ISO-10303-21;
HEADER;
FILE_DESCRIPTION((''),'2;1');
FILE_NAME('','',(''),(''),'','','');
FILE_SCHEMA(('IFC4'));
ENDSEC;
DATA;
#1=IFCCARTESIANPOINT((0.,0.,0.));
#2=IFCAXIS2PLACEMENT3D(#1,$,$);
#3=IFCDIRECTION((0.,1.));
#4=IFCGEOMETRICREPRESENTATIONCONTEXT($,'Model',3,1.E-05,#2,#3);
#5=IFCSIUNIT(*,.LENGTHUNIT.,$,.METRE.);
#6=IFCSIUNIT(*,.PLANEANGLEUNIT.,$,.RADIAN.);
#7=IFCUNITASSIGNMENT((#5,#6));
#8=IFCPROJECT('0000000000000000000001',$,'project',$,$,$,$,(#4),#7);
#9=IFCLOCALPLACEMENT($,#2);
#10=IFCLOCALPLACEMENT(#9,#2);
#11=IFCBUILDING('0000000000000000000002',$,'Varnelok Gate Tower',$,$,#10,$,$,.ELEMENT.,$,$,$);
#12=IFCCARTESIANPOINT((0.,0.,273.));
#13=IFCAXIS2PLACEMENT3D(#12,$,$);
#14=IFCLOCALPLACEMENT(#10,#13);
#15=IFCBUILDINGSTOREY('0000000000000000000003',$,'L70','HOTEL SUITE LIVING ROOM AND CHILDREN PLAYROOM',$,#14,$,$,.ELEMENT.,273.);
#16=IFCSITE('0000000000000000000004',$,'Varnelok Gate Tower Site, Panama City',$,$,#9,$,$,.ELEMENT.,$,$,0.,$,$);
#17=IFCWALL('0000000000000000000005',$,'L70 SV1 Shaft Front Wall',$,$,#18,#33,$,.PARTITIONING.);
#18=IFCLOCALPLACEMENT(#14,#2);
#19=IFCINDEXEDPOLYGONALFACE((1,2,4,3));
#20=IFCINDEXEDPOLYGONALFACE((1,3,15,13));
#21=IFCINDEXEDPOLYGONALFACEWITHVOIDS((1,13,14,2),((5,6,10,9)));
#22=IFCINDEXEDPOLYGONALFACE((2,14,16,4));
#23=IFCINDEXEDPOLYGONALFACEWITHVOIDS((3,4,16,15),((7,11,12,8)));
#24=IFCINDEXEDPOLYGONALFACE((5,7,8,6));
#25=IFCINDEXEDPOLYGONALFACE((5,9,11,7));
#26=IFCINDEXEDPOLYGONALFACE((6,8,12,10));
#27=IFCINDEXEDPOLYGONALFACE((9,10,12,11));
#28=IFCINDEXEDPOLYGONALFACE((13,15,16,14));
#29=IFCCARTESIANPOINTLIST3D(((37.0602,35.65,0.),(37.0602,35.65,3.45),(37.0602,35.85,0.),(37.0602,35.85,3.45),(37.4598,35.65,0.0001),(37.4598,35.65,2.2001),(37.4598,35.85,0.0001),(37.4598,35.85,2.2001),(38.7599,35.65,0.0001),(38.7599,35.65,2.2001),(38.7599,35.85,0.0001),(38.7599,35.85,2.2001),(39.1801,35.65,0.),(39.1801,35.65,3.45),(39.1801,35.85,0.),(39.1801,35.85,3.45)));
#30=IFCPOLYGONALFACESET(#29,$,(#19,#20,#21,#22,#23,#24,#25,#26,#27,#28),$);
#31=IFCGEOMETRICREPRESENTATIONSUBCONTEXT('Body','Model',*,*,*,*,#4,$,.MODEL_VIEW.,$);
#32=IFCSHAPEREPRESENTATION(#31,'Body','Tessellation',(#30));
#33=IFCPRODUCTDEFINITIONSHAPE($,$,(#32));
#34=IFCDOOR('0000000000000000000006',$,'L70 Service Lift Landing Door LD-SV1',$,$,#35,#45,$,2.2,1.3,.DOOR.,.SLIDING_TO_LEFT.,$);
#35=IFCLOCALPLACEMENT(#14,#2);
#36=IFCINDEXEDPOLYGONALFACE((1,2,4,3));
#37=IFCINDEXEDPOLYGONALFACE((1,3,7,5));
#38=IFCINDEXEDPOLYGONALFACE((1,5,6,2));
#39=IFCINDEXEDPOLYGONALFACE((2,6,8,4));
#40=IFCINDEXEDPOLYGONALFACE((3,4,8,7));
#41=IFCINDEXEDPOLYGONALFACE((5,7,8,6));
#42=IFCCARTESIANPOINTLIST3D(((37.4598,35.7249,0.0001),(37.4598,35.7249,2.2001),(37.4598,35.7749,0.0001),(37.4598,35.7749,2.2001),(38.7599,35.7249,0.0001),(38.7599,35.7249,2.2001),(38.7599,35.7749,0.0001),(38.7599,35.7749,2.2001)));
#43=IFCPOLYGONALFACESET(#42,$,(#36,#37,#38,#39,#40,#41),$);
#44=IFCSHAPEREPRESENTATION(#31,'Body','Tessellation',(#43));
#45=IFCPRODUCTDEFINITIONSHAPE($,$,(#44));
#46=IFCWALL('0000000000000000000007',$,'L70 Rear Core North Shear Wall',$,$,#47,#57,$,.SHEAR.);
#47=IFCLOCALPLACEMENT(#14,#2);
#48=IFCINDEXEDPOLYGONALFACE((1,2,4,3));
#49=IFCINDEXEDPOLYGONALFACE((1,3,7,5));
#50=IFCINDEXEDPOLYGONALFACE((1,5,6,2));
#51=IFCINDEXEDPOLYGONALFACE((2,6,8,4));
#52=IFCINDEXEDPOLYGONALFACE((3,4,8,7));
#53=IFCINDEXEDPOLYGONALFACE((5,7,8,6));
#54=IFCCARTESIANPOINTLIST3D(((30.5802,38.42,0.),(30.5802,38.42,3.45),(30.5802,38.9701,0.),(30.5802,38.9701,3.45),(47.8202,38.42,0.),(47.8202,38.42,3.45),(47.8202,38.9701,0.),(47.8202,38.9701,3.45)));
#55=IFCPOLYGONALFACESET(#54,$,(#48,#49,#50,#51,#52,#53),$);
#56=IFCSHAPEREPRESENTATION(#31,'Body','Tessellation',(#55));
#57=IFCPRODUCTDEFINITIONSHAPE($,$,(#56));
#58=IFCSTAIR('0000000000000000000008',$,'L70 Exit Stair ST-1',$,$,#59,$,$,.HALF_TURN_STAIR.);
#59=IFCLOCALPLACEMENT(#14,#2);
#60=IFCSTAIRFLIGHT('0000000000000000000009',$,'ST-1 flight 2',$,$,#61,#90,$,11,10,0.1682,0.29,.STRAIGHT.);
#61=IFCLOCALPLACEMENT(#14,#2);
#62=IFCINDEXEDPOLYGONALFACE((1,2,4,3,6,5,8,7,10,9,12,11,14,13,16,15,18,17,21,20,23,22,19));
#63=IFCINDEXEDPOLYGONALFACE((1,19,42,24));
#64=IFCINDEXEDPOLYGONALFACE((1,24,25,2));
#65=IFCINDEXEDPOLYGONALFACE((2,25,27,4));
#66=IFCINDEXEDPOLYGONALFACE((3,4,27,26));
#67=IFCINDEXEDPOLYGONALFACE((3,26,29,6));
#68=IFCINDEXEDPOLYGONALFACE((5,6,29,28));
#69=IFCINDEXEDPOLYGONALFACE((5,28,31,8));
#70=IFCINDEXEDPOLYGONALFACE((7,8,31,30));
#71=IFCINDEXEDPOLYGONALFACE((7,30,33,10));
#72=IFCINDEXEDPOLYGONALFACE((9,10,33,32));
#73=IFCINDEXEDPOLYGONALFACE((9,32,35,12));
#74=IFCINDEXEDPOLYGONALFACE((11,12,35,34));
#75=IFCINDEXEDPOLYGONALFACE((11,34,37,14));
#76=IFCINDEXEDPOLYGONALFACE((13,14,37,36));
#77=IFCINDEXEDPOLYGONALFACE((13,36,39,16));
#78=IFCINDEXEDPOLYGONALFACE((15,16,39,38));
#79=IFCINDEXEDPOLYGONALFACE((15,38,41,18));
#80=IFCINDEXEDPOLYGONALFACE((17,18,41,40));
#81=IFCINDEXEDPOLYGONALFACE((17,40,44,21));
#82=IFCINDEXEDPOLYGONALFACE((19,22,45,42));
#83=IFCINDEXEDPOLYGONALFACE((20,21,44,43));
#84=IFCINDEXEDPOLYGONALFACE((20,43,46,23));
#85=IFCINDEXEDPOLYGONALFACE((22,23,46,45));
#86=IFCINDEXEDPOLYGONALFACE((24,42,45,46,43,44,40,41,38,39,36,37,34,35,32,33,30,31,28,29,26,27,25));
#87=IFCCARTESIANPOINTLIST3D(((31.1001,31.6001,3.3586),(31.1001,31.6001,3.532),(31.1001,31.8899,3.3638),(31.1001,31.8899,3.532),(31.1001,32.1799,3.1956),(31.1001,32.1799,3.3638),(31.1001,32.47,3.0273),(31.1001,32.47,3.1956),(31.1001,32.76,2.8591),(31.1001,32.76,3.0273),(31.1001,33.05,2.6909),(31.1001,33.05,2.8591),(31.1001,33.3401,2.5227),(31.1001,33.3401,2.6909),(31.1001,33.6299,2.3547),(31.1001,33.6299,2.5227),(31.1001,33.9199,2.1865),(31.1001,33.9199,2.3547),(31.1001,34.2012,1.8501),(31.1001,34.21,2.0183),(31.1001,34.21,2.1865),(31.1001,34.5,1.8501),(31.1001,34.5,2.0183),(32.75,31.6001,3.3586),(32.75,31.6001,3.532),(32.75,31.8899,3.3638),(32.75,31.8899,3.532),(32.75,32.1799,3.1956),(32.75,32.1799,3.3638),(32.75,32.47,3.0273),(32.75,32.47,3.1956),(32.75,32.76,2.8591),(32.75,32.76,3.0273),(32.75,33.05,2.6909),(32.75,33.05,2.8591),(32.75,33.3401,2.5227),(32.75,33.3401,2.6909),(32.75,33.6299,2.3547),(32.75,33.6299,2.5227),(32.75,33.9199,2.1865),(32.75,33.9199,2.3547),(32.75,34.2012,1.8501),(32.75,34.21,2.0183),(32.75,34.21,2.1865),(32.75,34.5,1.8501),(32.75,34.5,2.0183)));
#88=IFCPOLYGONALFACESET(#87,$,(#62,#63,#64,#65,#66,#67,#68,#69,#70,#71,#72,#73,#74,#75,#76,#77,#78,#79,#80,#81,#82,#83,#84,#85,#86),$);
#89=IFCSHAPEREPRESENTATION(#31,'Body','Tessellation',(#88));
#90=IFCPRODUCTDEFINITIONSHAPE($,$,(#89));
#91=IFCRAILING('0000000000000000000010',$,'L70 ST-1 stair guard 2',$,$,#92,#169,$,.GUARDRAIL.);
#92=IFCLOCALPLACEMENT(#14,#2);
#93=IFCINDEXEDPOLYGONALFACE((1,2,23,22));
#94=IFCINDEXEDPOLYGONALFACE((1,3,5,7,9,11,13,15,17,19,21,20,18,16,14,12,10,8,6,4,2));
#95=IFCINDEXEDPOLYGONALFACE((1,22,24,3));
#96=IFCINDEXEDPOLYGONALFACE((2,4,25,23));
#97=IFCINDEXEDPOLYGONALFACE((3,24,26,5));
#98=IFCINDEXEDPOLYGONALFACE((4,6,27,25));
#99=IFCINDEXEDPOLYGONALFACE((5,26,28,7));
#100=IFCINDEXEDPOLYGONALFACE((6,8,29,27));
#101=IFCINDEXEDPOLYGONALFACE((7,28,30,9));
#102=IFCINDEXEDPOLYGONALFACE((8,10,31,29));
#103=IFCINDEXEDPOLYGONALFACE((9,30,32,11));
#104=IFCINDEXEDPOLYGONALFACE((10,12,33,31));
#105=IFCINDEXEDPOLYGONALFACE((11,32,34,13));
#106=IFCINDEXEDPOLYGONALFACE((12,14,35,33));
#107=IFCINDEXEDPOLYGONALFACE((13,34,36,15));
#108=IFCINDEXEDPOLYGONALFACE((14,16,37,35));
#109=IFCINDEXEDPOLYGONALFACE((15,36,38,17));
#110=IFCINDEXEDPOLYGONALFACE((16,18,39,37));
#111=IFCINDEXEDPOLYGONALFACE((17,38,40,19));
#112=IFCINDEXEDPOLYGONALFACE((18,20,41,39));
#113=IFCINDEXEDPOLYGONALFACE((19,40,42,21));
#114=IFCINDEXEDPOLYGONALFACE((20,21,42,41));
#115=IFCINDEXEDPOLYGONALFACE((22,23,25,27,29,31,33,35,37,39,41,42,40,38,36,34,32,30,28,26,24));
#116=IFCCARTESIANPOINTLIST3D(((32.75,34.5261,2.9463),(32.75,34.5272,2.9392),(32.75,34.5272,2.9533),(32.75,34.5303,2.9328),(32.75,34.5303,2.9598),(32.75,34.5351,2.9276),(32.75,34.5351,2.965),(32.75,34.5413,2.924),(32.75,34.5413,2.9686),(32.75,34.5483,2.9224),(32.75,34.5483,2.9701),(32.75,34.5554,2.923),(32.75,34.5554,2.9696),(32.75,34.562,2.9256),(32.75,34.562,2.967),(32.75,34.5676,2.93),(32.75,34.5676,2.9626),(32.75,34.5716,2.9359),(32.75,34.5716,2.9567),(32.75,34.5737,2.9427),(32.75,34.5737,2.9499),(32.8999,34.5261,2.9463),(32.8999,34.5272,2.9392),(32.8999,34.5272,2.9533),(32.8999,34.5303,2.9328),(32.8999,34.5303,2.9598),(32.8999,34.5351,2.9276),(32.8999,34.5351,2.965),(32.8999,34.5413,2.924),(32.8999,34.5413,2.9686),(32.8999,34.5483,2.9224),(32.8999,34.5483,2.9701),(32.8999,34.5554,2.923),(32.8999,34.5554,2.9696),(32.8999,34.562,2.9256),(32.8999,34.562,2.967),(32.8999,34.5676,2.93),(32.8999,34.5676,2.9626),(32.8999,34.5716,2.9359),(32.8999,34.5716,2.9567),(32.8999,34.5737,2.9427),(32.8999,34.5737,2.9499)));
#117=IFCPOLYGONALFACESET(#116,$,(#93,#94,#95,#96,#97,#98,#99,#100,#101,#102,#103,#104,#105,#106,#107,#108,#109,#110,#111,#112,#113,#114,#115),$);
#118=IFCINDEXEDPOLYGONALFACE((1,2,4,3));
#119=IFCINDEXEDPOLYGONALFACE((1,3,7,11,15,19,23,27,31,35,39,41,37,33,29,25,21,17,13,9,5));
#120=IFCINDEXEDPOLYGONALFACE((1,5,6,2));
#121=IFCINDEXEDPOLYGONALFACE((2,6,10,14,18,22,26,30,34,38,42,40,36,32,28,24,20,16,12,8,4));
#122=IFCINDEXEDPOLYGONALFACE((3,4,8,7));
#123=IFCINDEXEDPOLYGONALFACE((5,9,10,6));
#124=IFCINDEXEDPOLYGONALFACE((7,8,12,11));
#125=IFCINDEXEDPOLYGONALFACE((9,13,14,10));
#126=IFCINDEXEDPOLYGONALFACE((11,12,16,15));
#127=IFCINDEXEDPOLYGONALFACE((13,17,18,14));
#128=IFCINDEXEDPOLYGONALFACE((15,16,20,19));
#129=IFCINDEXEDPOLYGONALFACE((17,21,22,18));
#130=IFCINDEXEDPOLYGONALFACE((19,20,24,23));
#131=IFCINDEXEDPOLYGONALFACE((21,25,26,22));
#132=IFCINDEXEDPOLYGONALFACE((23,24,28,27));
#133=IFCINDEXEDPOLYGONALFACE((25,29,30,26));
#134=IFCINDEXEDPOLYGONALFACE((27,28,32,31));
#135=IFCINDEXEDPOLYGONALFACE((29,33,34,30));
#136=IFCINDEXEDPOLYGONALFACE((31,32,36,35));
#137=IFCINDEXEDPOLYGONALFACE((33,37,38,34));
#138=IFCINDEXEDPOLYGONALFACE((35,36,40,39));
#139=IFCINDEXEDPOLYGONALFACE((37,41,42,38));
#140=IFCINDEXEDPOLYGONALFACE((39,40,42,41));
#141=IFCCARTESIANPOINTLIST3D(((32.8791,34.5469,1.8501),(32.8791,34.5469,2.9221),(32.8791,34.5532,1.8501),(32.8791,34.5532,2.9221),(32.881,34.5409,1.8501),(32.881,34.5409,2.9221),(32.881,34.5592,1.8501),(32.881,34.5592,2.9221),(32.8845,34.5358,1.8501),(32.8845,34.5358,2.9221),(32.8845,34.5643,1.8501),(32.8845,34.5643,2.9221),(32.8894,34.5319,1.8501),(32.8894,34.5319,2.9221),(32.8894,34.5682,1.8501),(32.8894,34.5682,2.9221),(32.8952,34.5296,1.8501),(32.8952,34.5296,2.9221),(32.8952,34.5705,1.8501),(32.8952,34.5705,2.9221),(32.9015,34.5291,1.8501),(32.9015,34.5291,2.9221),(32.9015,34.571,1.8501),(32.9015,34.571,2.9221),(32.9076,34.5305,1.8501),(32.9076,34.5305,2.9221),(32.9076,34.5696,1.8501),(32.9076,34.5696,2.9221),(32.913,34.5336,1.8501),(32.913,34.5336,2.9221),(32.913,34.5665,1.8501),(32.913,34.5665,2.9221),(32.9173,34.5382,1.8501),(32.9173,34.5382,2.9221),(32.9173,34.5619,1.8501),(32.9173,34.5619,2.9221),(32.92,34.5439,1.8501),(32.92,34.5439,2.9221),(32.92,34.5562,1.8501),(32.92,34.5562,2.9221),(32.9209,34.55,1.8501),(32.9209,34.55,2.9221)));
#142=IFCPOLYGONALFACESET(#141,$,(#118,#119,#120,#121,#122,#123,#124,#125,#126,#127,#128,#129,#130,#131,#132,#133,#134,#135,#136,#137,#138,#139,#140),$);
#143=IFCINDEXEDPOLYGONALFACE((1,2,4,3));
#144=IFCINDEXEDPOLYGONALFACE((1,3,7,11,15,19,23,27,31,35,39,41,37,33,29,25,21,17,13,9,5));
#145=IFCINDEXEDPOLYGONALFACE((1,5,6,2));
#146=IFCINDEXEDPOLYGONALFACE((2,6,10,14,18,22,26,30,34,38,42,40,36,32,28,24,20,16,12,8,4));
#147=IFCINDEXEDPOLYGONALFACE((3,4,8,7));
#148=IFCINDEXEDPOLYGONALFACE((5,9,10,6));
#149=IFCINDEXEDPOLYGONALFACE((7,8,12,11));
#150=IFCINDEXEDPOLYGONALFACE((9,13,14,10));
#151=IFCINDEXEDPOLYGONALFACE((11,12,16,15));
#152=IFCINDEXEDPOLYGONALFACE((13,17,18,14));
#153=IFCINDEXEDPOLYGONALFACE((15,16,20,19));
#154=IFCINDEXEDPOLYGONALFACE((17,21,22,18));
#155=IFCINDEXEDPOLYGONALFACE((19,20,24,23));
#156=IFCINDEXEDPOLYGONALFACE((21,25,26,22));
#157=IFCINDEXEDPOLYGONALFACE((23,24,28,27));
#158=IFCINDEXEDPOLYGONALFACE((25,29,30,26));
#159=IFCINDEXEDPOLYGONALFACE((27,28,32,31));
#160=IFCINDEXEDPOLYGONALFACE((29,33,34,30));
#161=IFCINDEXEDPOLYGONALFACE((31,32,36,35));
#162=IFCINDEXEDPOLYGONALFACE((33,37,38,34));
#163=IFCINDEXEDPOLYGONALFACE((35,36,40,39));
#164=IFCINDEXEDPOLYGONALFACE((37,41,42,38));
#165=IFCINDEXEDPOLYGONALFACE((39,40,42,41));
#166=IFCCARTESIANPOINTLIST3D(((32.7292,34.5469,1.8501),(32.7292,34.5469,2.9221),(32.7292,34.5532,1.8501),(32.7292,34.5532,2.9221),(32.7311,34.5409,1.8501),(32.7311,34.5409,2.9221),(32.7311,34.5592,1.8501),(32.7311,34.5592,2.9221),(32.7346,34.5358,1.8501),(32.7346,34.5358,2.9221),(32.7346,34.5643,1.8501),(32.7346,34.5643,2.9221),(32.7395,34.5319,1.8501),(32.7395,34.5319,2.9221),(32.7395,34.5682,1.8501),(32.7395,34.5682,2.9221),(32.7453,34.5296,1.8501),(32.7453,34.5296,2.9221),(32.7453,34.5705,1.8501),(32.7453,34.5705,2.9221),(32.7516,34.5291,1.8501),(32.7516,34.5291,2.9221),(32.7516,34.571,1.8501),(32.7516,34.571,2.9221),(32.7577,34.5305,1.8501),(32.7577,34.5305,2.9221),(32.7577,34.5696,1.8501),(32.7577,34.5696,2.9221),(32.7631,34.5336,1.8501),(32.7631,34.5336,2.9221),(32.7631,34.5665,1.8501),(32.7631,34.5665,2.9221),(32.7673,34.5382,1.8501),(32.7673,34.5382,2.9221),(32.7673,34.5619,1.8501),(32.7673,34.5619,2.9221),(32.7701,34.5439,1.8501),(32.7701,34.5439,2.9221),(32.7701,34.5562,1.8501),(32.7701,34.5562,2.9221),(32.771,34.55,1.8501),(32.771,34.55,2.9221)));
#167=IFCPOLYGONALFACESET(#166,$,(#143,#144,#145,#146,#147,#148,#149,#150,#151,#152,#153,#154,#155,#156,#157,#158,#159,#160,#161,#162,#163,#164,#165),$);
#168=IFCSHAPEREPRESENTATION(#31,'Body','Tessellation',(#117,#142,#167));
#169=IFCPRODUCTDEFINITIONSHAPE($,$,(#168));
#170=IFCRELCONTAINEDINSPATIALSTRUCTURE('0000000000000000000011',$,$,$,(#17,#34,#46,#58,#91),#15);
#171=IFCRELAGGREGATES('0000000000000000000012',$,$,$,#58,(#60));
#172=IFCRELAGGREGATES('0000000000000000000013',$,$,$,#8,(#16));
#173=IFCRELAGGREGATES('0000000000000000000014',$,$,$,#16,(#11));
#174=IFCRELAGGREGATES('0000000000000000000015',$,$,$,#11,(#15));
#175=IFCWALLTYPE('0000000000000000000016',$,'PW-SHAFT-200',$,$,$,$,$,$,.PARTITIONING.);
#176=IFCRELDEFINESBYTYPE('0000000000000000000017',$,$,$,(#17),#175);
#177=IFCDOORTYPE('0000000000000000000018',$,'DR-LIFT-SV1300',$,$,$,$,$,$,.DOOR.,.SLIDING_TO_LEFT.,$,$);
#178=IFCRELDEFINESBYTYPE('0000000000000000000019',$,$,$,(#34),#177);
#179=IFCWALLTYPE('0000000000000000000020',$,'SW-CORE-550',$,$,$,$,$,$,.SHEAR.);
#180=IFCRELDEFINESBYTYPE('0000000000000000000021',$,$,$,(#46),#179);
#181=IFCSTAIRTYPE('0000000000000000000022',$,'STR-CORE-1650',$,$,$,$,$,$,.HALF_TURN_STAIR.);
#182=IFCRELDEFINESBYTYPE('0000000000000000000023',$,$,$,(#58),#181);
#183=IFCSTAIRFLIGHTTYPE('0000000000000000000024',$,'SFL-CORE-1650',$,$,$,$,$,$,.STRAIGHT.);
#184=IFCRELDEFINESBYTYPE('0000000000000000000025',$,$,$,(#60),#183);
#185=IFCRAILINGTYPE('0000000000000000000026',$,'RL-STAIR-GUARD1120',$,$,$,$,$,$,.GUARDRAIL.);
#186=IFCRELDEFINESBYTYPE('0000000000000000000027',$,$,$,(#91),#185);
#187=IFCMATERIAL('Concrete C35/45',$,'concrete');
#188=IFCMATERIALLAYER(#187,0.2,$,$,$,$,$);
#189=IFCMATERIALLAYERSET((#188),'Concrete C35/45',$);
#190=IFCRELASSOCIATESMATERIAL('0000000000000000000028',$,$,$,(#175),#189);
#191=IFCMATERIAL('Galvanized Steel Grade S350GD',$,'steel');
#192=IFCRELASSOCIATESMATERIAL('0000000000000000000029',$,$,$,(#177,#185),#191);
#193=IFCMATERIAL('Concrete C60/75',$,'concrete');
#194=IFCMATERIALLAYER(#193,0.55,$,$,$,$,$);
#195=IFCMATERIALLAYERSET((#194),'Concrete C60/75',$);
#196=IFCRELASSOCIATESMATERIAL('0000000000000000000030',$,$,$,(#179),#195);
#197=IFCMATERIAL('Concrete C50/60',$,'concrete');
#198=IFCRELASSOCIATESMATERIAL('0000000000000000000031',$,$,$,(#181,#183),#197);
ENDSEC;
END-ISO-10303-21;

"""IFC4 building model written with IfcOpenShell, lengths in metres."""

from ifc_helpers import new_model, si_unit, direction, frame, frame_2d, origin, origin_2d, place, context, subcontext, project, spatial, polyline, rectangle, circle, outline, extrude, material, layer, layer_set, type_object, element, fill, aggregate, save


model = new_model("IFC4")

# Units and contexts
model_context = context("Model", 3, precision=1e-05, world=origin(), true_north=direction((0.0, 1.0)))
body_context = subcontext(model_context, "Body", "Model", "MODEL_VIEW")
ifc_project = project(units=[si_unit("LENGTHUNIT", "METRE"), si_unit("PLANEANGLEUNIT", "RADIAN")], contexts=[model_context])

# Site, building, storey
site_placement = place(None, origin())
site = spatial("IfcSite", under=ifc_project, at=site_placement, Name="Varnelok Gate Tower Site, Panama City", CompositionType="ELEMENT", RefElevation=0.0)
building_placement = place(site_placement, origin())
building = spatial("IfcBuilding", under=site, at=building_placement, Name="Varnelok Gate Tower", CompositionType="ELEMENT")
storey_placement = place(building_placement, frame((0.0, 0.0, 273.0)))
storey = spatial("IfcBuildingStorey", under=building, at=storey_placement, Name="L70", Description="HOTEL SUITE LIVING ROOM AND CHILDREN PLAYROOM", CompositionType="ELEMENT", Elevation=273.0)

# Shared definitions
ifc_material_1 = material(Name="Concrete C50/60", Category="concrete")

# Shared definitions
ifc_material_2 = material(Name="Concrete C35/45", Category="concrete")
ifc_layer_1 = layer(ifc_material_2, 0.2)
ifc_layer_set_1 = layer_set([ifc_layer_1], Name="Concrete C35/45")
wall_type_1 = type_object("IfcWallType", Name="PW-SHAFT-200", PredefinedType="PARTITIONING", material=ifc_layer_set_1)

# Wall, opening, door
wall_1_placement = place(storey_placement, frame((37.0601, 35.75, 0.0), z_axis=(0.0, 0.0, 1.0), x_axis=(1.0, 0.0, 0.0)))
wall_1 = element("IfcWall", 1, at=wall_1_placement, inside=storey, type_object=wall_type_1, Name="L70 SV1 Shaft Front Wall", PredefinedType="PARTITIONING", context=body_context, shape_type="SweptSolid", body=[
    extrude(rectangle(XDim=2.1199, YDim=0.2, at=frame_2d((1.0601, 0.0))), origin(), (0.0, 0.0, 1.0), 3.45),
])
opening_1_placement = place(wall_1_placement, frame((0.3999, 0.0, 0.0)))
opening_1 = element("IfcOpeningElement", 2, at=opening_1_placement, cuts=wall_1, PredefinedType="OPENING", context=body_context, shape_type="SweptSolid", body=[
    extrude(rectangle(XDim=1.3, YDim=2.2, at=frame_2d((0.6499, 1.1001))), frame((0.0, 0.1099, 0.0), z_axis=(0.0, -1.0, 0.0), x_axis=(1.0, 0.0, 0.0)), (0.0, 0.0, 1.0), 0.22),
])
ifc_material_3 = material(Name="Galvanized Steel Grade S350GD", Category="steel")
door_type_1 = type_object("IfcDoorType", Name="DR-LIFT-SV1300", OperationType="SLIDING_TO_LEFT", PredefinedType="DOOR", material=ifc_material_3)
door_1_placement = place(opening_1_placement, origin())
door_1 = element("IfcDoor", 3, at=door_1_placement, inside=storey, type_object=door_type_1, Name="L70 Service Lift Landing Door LD-SV1", OperationType="SLIDING_TO_LEFT", OverallHeight=2.2, OverallWidth=1.3, PredefinedType="DOOR", context=body_context, shape_type="SweptSolid", body=[
    extrude(rectangle(XDim=1.3, YDim=2.2, at=frame_2d((0.6499, 1.1001))), frame((0.0, 0.0249, 0.0), z_axis=(0.0, -1.0, 0.0), x_axis=(1.0, 0.0, 0.0)), (0.0, 0.0, 1.0), 0.05),
])
fill(opening_1, door_1)

# Wall
ifc_material_4 = material(Name="Concrete C60/75", Category="concrete")
ifc_layer_2 = layer(ifc_material_4, 0.55)
ifc_layer_set_2 = layer_set([ifc_layer_2], Name="Concrete C60/75")
wall_type_2 = type_object("IfcWallType", Name="SW-CORE-550", PredefinedType="SHEAR", material=ifc_layer_set_2)
wall_2_placement = place(storey_placement, frame((30.5801, 38.6951, 0.0), z_axis=(0.0, 0.0, 1.0), x_axis=(1.0, 0.0, 0.0)))
element("IfcWall", 4, at=wall_2_placement, inside=storey, type_object=wall_type_2, Name="L70 Rear Core North Shear Wall", PredefinedType="SHEAR", context=body_context, shape_type="SweptSolid", body=[
    extrude(rectangle(XDim=17.24, YDim=0.55, at=frame_2d((8.6201, 0.0))), origin(), (0.0, 0.0, 1.0), 3.45),
])

# Stair, stair flight
stair_type = type_object("IfcStairType", Name="STR-CORE-1650", PredefinedType="HALF_TURN_STAIR", material=ifc_material_1)
stair_placement = place(storey_placement, origin())
stair = element("IfcStair", 5, at=stair_placement, inside=storey, type_object=stair_type, Name="L70 Exit Stair ST-1", PredefinedType="HALF_TURN_STAIR")
stair_flight_type = type_object("IfcStairFlightType", Name="SFL-CORE-1650", PredefinedType="STRAIGHT", material=ifc_material_1)
stair_flight_placement = place(storey_placement, frame((31.925, 34.5, 1.8501), z_axis=(0.0, 0.0, 1.0), x_axis=(0.0, -1.0, 0.0)))
stair_flight = element("IfcStairFlight", 6, at=stair_flight_placement, type_object=stair_flight_type, Name="ST-1 flight 2", NumberOfRisers=11, NumberOfTreads=10, PredefinedType="STRAIGHT", RiserHeight=0.1682, TreadLength=0.29, context=body_context, shape_type="SweptSolid", body=[
    extrude(outline(polyline([(0.0, 0.0), (0.0, 0.1682), (0.29, 0.1682), (0.29, 0.3364), (0.5801, 0.3364), (0.5801, 0.5046), (0.8701, 0.5046), (0.8701, 0.6726), (1.1599, 0.6726), (1.1599, 0.8408), (1.45, 0.8408), (1.45, 1.009), (1.74, 1.009), (1.74, 1.1772), (2.03, 1.1772), (2.03, 1.3455), (2.3201, 1.3455), (2.3201, 1.5137), (2.6101, 1.5137), (2.6101, 1.6819), (2.8999, 1.6819), (2.8999, 1.8501), (2.8999, 1.5085), (0.2988, 0.0), (0.0, 0.0)])), frame((0.0, 0.825, 0.0), z_axis=(0.0, -1.0, 0.0), x_axis=(1.0, 0.0, 0.0)), (0.0, 0.0, 1.0), 1.6499),
])
aggregate(stair, [stair_flight])

# Railing
railing_type_1 = type_object("IfcRailingType", Name="RL-STAIR-GUARD1120", PredefinedType="GUARDRAIL", material=ifc_material_3)
railing_1_placement = place(storey_placement, frame((32.8999, 34.55, 1.8501)))
element("IfcRailing", 7, at=railing_1_placement, inside=storey, type_object=railing_type_1, Name="L70 ST-1 stair guard 2", PredefinedType="GUARDRAIL", context=body_context, shape_type="SweptSolid", body=[
    extrude(circle(Radius=0.0239, at=origin_2d()), frame((0.0, 0.0, 1.0962), z_axis=(-1.0, 0.0, 0.0), x_axis=(0.0, -1.0, 0.0)), (0.0, 0.0, 1.0), 0.1499),
    extrude(circle(Radius=0.021, at=origin_2d()), origin(), (0.0, 0.0, 1.0), 1.072),
    extrude(circle(Radius=0.021, at=origin_2d()), frame((-0.1499, 0.0, 0.0)), (0.0, 0.0, 1.0), 1.072),
])

save(model, "model.ifc")
